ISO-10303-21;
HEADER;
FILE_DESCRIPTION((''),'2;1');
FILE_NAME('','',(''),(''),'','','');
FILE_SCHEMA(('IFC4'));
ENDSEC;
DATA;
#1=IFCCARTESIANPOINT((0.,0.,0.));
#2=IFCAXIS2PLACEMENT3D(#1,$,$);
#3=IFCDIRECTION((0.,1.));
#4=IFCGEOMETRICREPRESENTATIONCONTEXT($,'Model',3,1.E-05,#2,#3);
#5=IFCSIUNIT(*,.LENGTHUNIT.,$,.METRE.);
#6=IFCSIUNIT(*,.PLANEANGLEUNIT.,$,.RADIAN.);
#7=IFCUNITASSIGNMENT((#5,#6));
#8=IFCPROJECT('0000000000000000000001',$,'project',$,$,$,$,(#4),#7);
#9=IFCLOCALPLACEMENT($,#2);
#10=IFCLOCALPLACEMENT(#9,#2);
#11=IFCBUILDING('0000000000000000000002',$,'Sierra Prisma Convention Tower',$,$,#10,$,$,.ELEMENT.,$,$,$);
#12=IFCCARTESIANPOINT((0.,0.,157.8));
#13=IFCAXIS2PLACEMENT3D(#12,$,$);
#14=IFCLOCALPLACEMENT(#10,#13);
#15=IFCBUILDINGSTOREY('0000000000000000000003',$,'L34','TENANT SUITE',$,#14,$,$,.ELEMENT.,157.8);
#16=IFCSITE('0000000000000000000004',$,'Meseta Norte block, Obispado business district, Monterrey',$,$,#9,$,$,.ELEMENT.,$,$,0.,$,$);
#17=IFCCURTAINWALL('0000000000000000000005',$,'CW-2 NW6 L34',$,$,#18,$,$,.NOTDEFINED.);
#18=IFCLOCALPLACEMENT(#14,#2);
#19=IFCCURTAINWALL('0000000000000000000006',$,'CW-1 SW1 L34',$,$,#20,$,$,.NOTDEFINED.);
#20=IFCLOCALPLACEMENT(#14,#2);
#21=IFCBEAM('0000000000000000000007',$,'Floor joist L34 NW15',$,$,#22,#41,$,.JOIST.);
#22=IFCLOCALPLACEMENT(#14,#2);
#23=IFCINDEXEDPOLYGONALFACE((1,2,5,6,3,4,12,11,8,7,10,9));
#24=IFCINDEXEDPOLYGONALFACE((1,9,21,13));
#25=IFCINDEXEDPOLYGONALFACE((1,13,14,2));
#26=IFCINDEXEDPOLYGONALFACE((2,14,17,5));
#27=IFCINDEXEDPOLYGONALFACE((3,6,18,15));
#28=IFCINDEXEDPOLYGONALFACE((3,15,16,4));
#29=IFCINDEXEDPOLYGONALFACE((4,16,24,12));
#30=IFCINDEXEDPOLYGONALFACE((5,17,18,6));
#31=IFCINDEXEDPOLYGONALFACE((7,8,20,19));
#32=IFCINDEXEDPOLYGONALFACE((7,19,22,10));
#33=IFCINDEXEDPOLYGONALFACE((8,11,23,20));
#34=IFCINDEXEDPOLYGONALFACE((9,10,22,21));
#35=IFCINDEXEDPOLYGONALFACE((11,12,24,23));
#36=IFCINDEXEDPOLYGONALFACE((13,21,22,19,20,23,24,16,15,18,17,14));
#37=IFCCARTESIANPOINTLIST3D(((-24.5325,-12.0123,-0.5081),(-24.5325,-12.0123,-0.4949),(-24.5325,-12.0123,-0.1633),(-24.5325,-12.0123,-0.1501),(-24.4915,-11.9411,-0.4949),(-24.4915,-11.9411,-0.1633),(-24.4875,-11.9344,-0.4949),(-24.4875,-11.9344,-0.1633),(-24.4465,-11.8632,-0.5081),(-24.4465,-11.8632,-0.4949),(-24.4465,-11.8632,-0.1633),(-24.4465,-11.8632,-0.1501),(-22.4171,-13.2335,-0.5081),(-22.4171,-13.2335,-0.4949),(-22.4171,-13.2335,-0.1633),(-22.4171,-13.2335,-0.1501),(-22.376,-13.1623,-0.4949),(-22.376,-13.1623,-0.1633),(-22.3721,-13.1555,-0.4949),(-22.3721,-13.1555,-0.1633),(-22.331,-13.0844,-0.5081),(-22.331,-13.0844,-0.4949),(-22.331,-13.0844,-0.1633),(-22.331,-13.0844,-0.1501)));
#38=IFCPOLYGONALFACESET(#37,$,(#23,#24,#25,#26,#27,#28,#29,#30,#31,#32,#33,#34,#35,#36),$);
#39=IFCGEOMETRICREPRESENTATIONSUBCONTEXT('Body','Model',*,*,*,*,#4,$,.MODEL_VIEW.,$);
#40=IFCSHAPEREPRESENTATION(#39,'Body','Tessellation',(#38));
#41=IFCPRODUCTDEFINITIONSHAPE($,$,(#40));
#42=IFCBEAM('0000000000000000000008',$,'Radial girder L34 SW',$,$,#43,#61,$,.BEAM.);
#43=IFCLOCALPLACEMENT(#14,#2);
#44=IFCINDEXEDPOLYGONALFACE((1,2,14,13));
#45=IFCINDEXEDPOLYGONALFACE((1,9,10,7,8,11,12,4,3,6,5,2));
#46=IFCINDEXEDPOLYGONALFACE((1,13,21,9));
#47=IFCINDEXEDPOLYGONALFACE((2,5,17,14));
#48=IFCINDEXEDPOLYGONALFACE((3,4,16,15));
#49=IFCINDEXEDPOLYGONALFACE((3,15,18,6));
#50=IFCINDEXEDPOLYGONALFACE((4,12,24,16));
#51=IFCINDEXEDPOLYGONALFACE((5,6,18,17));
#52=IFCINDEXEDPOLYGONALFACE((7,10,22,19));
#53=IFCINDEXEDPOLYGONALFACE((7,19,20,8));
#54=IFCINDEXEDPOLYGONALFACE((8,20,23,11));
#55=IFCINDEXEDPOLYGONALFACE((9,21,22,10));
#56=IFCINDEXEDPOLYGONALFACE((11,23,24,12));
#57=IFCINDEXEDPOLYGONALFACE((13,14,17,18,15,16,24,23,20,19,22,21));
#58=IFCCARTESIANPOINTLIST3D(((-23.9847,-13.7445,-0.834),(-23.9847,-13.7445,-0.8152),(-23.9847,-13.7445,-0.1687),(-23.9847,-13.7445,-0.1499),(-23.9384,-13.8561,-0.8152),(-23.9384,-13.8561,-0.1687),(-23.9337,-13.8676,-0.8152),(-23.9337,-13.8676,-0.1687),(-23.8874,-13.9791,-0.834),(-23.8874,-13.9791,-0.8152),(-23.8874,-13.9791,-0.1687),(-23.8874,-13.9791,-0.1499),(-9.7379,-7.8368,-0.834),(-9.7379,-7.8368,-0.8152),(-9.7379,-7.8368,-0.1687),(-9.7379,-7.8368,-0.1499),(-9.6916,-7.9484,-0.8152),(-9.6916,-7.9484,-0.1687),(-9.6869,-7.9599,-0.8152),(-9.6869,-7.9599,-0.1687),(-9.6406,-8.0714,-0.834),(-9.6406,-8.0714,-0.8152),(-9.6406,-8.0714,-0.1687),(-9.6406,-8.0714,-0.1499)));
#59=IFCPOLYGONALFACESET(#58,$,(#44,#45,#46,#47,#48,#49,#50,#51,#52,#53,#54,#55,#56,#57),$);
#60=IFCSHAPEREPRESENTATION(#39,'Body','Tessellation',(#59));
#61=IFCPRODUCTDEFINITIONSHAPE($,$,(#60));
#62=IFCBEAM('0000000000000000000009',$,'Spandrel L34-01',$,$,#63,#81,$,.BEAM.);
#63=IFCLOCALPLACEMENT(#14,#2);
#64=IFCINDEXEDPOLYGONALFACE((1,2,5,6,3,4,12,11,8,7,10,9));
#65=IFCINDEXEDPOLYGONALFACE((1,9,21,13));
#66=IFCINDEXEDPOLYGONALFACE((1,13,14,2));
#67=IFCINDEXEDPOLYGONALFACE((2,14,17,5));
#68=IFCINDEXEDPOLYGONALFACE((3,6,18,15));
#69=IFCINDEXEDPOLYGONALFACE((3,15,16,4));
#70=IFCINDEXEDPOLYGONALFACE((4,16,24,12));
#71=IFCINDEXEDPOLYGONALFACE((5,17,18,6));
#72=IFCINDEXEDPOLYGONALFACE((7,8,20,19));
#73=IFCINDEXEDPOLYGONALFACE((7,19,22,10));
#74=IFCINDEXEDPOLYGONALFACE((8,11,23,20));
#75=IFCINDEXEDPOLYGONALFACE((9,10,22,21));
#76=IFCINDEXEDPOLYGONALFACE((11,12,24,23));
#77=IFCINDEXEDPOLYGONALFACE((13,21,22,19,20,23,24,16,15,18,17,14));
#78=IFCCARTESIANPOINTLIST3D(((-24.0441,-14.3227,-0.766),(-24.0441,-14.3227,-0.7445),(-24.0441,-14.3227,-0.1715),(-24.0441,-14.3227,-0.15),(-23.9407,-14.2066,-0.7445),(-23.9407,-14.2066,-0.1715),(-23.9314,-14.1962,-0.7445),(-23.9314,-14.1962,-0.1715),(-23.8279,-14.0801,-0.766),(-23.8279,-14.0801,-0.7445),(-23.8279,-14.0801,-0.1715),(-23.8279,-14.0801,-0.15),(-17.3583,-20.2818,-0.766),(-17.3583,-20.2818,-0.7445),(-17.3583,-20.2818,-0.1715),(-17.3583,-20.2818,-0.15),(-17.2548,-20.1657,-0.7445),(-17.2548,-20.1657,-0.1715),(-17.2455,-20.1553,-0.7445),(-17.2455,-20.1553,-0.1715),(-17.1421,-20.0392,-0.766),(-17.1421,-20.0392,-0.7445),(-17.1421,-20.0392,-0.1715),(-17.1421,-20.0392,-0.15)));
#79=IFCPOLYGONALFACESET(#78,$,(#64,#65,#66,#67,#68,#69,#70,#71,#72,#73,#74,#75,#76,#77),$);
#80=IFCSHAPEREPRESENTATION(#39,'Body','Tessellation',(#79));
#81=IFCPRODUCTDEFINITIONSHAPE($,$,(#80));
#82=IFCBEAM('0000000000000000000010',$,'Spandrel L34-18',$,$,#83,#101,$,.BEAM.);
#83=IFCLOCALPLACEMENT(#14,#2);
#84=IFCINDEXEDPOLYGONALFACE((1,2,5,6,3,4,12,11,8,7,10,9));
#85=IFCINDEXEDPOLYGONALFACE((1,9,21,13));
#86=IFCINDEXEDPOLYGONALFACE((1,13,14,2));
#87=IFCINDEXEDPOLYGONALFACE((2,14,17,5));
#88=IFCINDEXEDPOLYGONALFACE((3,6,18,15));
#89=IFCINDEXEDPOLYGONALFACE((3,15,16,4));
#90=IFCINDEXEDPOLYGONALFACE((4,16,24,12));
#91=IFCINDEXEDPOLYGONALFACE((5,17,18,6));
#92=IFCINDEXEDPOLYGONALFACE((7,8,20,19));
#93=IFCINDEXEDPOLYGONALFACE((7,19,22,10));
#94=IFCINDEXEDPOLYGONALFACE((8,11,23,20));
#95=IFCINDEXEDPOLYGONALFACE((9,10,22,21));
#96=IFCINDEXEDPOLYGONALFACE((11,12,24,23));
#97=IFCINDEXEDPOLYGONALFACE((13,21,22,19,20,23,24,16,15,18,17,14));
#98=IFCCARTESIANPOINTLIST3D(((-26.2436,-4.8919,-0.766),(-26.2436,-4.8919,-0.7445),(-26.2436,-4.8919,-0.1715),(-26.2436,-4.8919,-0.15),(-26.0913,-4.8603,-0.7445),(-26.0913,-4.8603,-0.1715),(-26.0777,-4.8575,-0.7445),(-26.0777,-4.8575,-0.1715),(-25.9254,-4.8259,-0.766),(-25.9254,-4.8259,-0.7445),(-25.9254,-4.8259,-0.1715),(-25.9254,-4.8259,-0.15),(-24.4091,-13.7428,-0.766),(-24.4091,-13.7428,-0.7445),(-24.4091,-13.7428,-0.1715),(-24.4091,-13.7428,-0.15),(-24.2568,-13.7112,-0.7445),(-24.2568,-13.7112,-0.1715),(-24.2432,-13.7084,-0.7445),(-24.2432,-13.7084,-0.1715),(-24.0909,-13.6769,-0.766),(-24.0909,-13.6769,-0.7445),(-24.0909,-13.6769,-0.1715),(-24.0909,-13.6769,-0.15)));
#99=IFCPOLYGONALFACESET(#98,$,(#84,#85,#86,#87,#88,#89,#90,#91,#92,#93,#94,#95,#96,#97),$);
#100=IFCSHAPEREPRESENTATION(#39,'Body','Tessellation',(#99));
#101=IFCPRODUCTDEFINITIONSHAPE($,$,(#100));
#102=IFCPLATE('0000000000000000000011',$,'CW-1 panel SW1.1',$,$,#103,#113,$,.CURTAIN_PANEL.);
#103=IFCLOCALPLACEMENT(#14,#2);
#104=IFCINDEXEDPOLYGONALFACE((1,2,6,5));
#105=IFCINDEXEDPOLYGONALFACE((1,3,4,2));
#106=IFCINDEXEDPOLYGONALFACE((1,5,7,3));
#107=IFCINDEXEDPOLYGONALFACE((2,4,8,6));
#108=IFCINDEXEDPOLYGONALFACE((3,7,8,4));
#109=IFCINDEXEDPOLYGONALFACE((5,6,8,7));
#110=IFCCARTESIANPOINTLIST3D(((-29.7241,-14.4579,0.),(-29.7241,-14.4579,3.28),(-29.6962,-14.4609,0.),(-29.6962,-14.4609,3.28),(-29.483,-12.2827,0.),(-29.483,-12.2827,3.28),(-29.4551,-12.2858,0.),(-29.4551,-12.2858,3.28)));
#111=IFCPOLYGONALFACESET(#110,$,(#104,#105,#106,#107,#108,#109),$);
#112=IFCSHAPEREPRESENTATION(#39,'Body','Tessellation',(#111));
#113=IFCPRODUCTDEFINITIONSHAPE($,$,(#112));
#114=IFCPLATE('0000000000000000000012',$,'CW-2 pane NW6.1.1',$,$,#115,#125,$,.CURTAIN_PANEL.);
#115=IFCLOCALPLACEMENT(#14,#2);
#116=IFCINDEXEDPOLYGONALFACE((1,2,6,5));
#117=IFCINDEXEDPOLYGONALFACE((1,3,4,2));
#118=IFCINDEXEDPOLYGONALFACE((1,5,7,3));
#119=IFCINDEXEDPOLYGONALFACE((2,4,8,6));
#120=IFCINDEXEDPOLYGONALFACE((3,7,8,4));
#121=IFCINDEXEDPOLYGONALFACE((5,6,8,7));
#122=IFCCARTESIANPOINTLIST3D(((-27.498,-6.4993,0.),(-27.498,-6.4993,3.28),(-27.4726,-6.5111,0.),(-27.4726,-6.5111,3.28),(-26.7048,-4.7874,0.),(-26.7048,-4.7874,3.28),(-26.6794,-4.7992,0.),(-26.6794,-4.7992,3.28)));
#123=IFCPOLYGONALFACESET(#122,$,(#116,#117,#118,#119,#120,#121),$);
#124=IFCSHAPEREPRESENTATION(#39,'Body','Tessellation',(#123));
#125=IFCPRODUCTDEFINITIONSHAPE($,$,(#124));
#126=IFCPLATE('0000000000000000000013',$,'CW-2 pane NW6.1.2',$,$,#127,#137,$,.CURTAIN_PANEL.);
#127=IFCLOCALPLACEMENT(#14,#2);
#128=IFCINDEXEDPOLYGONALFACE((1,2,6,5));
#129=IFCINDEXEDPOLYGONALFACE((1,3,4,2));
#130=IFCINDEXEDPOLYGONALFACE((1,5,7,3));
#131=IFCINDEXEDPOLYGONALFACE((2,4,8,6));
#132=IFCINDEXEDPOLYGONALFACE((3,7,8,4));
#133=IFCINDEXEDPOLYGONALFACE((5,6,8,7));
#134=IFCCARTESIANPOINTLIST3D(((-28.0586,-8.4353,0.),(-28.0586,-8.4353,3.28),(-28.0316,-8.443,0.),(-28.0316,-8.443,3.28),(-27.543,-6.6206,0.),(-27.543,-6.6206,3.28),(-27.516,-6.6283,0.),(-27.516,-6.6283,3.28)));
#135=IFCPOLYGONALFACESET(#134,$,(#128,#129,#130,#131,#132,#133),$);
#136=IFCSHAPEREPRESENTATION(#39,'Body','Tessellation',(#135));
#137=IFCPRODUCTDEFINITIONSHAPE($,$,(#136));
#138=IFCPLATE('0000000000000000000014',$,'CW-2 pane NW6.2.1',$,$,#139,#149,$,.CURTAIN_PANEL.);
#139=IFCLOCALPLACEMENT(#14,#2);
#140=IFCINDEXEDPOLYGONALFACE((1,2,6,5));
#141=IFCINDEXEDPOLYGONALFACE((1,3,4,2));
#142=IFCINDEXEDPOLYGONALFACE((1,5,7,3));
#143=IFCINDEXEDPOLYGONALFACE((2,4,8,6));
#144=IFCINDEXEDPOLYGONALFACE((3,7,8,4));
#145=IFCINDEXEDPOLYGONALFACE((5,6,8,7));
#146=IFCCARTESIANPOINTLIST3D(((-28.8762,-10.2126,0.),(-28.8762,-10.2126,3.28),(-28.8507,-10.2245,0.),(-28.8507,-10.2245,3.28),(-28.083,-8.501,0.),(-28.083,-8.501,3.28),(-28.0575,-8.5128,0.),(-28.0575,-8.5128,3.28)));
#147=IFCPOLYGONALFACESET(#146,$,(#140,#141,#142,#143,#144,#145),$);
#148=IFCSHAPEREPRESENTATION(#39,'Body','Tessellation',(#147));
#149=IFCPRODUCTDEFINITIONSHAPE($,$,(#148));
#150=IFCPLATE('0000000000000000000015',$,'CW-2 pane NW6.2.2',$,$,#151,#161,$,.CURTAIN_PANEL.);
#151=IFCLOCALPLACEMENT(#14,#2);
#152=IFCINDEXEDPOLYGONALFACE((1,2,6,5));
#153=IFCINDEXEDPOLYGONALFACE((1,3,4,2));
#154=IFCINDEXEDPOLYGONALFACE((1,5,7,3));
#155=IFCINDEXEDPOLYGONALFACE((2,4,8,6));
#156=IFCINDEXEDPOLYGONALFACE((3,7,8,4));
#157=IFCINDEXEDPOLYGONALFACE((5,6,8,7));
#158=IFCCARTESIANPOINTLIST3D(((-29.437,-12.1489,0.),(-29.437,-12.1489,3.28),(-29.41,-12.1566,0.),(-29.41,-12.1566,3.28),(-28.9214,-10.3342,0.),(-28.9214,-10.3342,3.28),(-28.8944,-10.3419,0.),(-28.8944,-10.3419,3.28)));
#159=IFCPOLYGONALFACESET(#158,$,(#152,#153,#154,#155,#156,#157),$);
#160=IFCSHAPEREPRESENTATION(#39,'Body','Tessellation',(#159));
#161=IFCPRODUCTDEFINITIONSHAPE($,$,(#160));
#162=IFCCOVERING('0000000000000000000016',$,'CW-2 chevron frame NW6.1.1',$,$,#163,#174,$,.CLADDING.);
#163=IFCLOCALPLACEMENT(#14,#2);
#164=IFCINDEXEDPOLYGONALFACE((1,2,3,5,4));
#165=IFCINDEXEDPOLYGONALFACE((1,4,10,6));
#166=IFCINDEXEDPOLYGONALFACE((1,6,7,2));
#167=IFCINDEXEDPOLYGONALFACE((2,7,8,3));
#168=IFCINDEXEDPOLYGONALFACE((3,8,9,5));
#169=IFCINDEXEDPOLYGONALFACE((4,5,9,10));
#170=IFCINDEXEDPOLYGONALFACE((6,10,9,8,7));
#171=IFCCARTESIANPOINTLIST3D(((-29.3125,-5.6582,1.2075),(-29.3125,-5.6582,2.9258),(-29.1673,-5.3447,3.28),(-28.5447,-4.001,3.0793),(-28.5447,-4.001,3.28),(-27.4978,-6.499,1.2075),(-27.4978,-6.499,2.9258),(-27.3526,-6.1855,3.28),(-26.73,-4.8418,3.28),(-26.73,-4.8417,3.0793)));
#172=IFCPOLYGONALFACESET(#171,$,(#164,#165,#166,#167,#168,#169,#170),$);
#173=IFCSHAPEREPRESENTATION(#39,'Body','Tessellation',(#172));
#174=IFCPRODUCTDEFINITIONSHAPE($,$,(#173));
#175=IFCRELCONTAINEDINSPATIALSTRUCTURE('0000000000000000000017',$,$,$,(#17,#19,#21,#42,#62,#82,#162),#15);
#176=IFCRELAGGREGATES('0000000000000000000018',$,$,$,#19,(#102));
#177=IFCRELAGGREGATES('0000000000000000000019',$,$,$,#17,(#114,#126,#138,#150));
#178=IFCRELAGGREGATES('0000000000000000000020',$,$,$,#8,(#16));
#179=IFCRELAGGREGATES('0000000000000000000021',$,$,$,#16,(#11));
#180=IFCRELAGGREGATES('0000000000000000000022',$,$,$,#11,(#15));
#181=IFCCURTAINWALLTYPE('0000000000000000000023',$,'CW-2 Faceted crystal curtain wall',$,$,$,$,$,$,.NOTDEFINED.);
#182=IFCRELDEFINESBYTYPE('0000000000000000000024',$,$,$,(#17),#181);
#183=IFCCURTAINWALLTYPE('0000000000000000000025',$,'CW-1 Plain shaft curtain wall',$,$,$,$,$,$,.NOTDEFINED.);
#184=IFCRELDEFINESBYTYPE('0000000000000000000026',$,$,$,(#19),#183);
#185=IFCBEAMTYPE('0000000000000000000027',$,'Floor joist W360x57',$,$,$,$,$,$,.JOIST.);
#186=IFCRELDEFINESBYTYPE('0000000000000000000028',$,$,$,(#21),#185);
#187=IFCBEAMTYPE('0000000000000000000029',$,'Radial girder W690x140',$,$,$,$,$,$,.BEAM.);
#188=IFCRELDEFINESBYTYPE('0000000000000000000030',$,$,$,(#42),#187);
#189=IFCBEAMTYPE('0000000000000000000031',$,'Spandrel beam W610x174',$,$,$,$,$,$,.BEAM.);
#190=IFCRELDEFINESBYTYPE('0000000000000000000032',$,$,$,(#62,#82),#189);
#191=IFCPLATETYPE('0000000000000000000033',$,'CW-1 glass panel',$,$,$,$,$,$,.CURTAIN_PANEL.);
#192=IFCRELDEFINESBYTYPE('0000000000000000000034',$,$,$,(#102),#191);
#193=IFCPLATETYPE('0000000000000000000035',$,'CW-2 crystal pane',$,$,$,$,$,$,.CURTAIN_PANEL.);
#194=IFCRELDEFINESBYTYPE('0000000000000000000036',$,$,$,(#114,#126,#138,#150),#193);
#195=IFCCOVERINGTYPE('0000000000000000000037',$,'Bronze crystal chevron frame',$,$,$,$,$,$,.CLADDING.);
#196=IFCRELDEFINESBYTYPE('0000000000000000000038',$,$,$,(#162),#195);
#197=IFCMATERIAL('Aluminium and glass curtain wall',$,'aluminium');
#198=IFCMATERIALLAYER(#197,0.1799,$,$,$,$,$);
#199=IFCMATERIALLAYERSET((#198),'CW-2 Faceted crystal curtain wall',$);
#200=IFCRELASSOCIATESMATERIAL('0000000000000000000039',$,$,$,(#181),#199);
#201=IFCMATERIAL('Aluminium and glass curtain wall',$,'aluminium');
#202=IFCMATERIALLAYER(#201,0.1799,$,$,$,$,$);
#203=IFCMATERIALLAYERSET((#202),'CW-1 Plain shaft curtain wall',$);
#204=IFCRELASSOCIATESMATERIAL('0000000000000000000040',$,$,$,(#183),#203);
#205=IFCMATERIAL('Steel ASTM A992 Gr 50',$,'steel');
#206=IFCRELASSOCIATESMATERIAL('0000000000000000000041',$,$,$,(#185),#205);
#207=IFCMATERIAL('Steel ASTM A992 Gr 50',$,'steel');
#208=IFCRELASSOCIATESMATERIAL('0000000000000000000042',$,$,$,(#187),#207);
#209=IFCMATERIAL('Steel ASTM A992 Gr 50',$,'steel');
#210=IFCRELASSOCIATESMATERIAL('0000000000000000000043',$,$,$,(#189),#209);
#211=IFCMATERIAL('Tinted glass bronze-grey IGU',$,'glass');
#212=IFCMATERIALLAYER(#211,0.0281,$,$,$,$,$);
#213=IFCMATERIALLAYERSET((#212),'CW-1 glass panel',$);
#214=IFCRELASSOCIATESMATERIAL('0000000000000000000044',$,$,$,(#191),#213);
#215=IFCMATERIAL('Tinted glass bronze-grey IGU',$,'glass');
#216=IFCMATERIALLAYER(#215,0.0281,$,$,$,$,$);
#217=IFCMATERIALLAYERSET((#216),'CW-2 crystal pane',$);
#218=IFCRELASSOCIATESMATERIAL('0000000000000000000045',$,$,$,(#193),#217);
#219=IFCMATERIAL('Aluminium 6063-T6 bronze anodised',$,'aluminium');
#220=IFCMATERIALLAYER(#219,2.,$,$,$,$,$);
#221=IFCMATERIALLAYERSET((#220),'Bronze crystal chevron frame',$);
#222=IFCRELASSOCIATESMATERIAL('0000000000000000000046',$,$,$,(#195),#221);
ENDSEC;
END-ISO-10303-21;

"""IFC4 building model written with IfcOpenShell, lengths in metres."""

from ifc_helpers import new_model, si_unit, direction, frame, origin, origin_2d, place, context, subcontext, project, spatial, polyline, rectangle, i_section, outline, extrude, material, layer, layer_set, material_profile, profile_set, type_object, element, aggregate, save


model = new_model("IFC4")

# Units and contexts
model_context = context("Model", 3, precision=1e-05, world=origin(), true_north=direction((0.0, 1.0)))
body_context = subcontext(model_context, "Body", "Model", "MODEL_VIEW")
ifc_project = project(units=[si_unit("LENGTHUNIT", "METRE"), si_unit("PLANEANGLEUNIT", "RADIAN")], contexts=[model_context])

# Site, building, storey
site_placement = place(None, origin())
site = spatial("IfcSite", under=ifc_project, at=site_placement, Name="Meseta Norte block, Obispado business district, Monterrey", CompositionType="ELEMENT", RefElevation=0.0)
building_placement = place(site_placement, origin())
building = spatial("IfcBuilding", under=site, at=building_placement, Name="Sierra Prisma Convention Tower", CompositionType="ELEMENT")
storey_placement = place(building_placement, frame((0.0, 0.0, 157.8)))
storey = spatial("IfcBuildingStorey", under=building, at=storey_placement, Name="L34", Description="TENANT SUITE", CompositionType="ELEMENT", Elevation=157.8)

# Curtain wall
ifc_material_1 = material(Name="Aluminium and glass curtain wall", Category="aluminium")
ifc_layer_1 = layer(ifc_material_1, 0.1799)
ifc_layer_set_1 = layer_set([ifc_layer_1], Name="CW-2 Faceted crystal curtain wall")
curtain_wall_type_1 = type_object("IfcCurtainWallType", Name="CW-2 Faceted crystal curtain wall", PredefinedType="NOTDEFINED", material=ifc_layer_set_1)
curtain_wall_1_placement = place(storey_placement, origin())
curtain_wall_1 = element("IfcCurtainWall", 1, at=curtain_wall_1_placement, inside=storey, type_object=curtain_wall_type_1, Name="CW-2 NW6 L34", PredefinedType="NOTDEFINED")

# Shared definitions
ifc_material_2 = material(Name="Aluminium and glass curtain wall", Category="aluminium")
ifc_layer_2 = layer(ifc_material_2, 0.1799)
ifc_layer_set_2 = layer_set([ifc_layer_2], Name="CW-1 Plain shaft curtain wall")
curtain_wall_type_2 = type_object("IfcCurtainWallType", Name="CW-1 Plain shaft curtain wall", PredefinedType="NOTDEFINED", material=ifc_layer_set_2)

# Curtain wall
curtain_wall_2_placement = place(storey_placement, origin())
curtain_wall_2 = element("IfcCurtainWall", 2, at=curtain_wall_2_placement, inside=storey, type_object=curtain_wall_type_2, Name="CW-1 SW1 L34", PredefinedType="NOTDEFINED")

# Beams
ifc_material_3 = material(Name="Steel ASTM A992 Gr 50", Category="steel")
ifc_material_profile_1 = material_profile(ifc_material_3, i_section(OverallWidth=0.1721, OverallDepth=0.3579, WebThickness=0.0078, FlangeThickness=0.0132, at=origin_2d()), Name="W360x57")
ifc_profile_set_1 = profile_set([ifc_material_profile_1], Name="Steel ASTM A992 Gr 50")
beam_type_1 = type_object("IfcBeamType", Name="Floor joist W360x57", PredefinedType="JOIST", material=ifc_profile_set_1)
beam_1_placement = place(storey_placement, frame((-24.4895, -11.9377, -0.3291), z_axis=(0.866057, -0.499945, 0.0), x_axis=(0.499945, 0.866057, 0.0)))
element("IfcBeam", 3, at=beam_1_placement, inside=storey, type_object=beam_type_1, Name="Floor joist L34 NW15", PredefinedType="JOIST", context=body_context, shape_type="SweptSolid", body=[
    extrude(i_section(OverallWidth=0.1721, OverallDepth=0.3579, WebThickness=0.0078, FlangeThickness=0.0132, at=origin_2d()), origin(), (0.0, 0.0, 1.0), 2.4426),
])
ifc_material_4 = material(Name="Steel ASTM A992 Gr 50", Category="steel")
ifc_material_profile_2 = material_profile(ifc_material_4, i_section(OverallWidth=0.2539, OverallDepth=0.6841, WebThickness=0.0125, FlangeThickness=0.0188, at=origin_2d()), Name="W690x140")
ifc_profile_set_2 = profile_set([ifc_material_profile_2], Name="Steel ASTM A992 Gr 50")
beam_type_2 = type_object("IfcBeamType", Name="Radial girder W690x140", PredefinedType="BEAM", material=ifc_profile_set_2)
beam_2_placement = place(storey_placement, frame((-23.936, -13.8618, -0.4919), z_axis=(0.923731, 0.383042, 0.0), x_axis=(-0.383042, 0.923731, 0.0)))
element("IfcBeam", 4, at=beam_2_placement, inside=storey, type_object=beam_type_2, Name="Radial girder L34 SW", PredefinedType="BEAM", context=body_context, shape_type="SweptSolid", body=[
    extrude(i_section(OverallWidth=0.2539, OverallDepth=0.6841, WebThickness=0.0125, FlangeThickness=0.0188, at=origin_2d()), origin(), (0.0, 0.0, 1.0), 15.4231),
])
ifc_material_5 = material(Name="Steel ASTM A992 Gr 50", Category="steel")
ifc_material_profile_3 = material_profile(ifc_material_5, i_section(OverallWidth=0.325, OverallDepth=0.616, WebThickness=0.0139, FlangeThickness=0.0215, at=origin_2d()), Name="W610x174")
ifc_profile_set_3 = profile_set([ifc_material_profile_3], Name="Steel ASTM A992 Gr 50")
beam_type_3 = type_object("IfcBeamType", Name="Spandrel beam W610x174", PredefinedType="BEAM", material=ifc_profile_set_3)
beam_3_placement = place(storey_placement, frame((-23.936, -14.2014, -0.458), z_axis=(0.746518, -0.665365, 0.0), x_axis=(0.665365, 0.746518, 0.0)))
element("IfcBeam", 5, at=beam_3_placement, inside=storey, type_object=beam_type_3, Name="Spandrel L34-01", PredefinedType="BEAM", context=body_context, shape_type="SweptSolid", body=[
    extrude(i_section(OverallWidth=0.325, OverallDepth=0.616, WebThickness=0.0139, FlangeThickness=0.0215, at=origin_2d()), origin(), (0.0, 0.0, 1.0), 8.9561),
])
beam_4_placement = place(storey_placement, frame((-26.0845, -4.8589, -0.458), z_axis=(0.202952, -0.979189, 0.0), x_axis=(0.979189, 0.202952, 0.0)))
element("IfcBeam", 6, at=beam_4_placement, inside=storey, type_object=beam_type_3, Name="Spandrel L34-18", PredefinedType="BEAM", context=body_context, shape_type="SweptSolid", body=[
    extrude(i_section(OverallWidth=0.325, OverallDepth=0.616, WebThickness=0.0139, FlangeThickness=0.0215, at=origin_2d()), origin(), (0.0, 0.0, 1.0), 9.0391),
])

# Plates
ifc_material_6 = material(Name="Tinted glass bronze-grey IGU", Category="glass")
ifc_layer_3 = layer(ifc_material_6, 0.0281)
ifc_layer_set_3 = layer_set([ifc_layer_3], Name="CW-1 glass panel")
plate_type_1 = type_object("IfcPlateType", Name="CW-1 glass panel", PredefinedType="CURTAIN_PANEL", material=ifc_layer_set_3)
plate_1_placement = place(storey_placement, frame((-29.5896, -13.3718, 0.0), z_axis=(0.0, 0.0, 1.0), x_axis=(-0.110186, -0.993911, 0.0)))
plate_1 = element("IfcPlate", 7, at=plate_1_placement, type_object=plate_type_1, Name="CW-1 panel SW1.1", PredefinedType="CURTAIN_PANEL", context=body_context, shape_type="SweptSolid", body=[
    extrude(rectangle(XDim=2.1885, YDim=0.0281, at=origin_2d()), origin(), (0.0, 0.0, 1.0), 3.28),
])
aggregate(curtain_wall_2, [plate_1])
ifc_material_7 = material(Name="Tinted glass bronze-grey IGU", Category="glass")
ifc_layer_4 = layer(ifc_material_7, 0.0281)
ifc_layer_set_4 = layer_set([ifc_layer_4], Name="CW-2 crystal pane")
plate_type_2 = type_object("IfcPlateType", Name="CW-2 crystal pane", PredefinedType="CURTAIN_PANEL", material=ifc_layer_set_4)
plate_2_placement = place(storey_placement, frame((-26.7048, -4.7874, 0.0), z_axis=(-0.907333, 0.420412, 0.0), x_axis=(-0.420412, -0.907333, 0.0)))
plate_2 = element("IfcPlate", 8, at=plate_2_placement, type_object=plate_type_2, Name="CW-2 pane NW6.1.1", PredefinedType="CURTAIN_PANEL", context=body_context, shape_type="SweptSolid", body=[
    extrude(outline(polyline([(0.0, 0.0), (1.8868, 0.0), (1.8868, 3.28), (0.0, 3.28), (0.0, 0.0)])), origin(), (0.0, 0.0, -1.0), 0.0281),
])
plate_3_placement = place(storey_placement, frame((-28.0586, -8.4353, 0.0), z_axis=(-0.961923, 0.273319, 0.0), x_axis=(0.273319, 0.961923, 0.0)))
plate_3 = element("IfcPlate", 9, at=plate_3_placement, type_object=plate_type_2, Name="CW-2 pane NW6.1.2", PredefinedType="CURTAIN_PANEL", context=body_context, shape_type="SweptSolid", body=[
    extrude(outline(polyline([(0.0, 0.0), (1.8865, 0.0), (1.8865, -3.28), (0.0, -3.28), (0.0, 0.0)])), origin(), (0.0, 0.0, -1.0), 0.0281),
])
plate_4_placement = place(storey_placement, frame((-28.083, -8.501, 0.0), z_axis=(-0.907311, 0.420461, 0.0), x_axis=(-0.420461, -0.907311, 0.0)))
plate_4 = element("IfcPlate", 10, at=plate_4_placement, type_object=plate_type_2, Name="CW-2 pane NW6.2.1", PredefinedType="CURTAIN_PANEL", context=body_context, shape_type="SweptSolid", body=[
    extrude(outline(polyline([(0.0, 0.0), (1.8865, 0.0), (1.8865, 3.28), (0.0, 3.28), (0.0, 0.0)])), origin(), (0.0, 0.0, -1.0), 0.0281),
])
plate_5_placement = place(storey_placement, frame((-29.437, -12.1489, 0.0), z_axis=(-0.961923, 0.273319, 0.0), x_axis=(0.273319, 0.961923, 0.0)))
plate_5 = element("IfcPlate", 11, at=plate_5_placement, type_object=plate_type_2, Name="CW-2 pane NW6.2.2", PredefinedType="CURTAIN_PANEL", context=body_context, shape_type="SweptSolid", body=[
    extrude(outline(polyline([(0.0, 0.0), (1.8865, 0.0), (1.8865, -3.28), (0.0, -3.28), (0.0, 0.0)])), origin(), (0.0, 0.0, -1.0), 0.0281),
])
aggregate(curtain_wall_1, [plate_2, plate_3, plate_4, plate_5])

# Covering
ifc_material_8 = material(Name="Aluminium 6063-T6 bronze anodised", Category="aluminium")
ifc_layer_5 = layer(ifc_material_8, 2.0)
ifc_layer_set_5 = layer_set([ifc_layer_5], Name="Bronze crystal chevron frame")
covering_type = type_object("IfcCoveringType", Name="Bronze crystal chevron frame", PredefinedType="CLADDING", material=ifc_layer_set_5)
covering_1_placement = place(storey_placement, frame((-28.5447, -4.001, 3.28), z_axis=(-0.907345, 0.420387, 0.00001), x_axis=(-0.000009, 0.000004, -1.0)))
element("IfcCovering", 12, at=covering_1_placement, inside=storey, type_object=covering_type, Name="CW-2 chevron frame NW6.1.1", PredefinedType="CLADDING", context=body_context, shape_type="SweptSolid", body=[
    extrude(outline(polyline([(0.0, 0.0), (0.2007, 0.0), (2.0725, 1.8265), (0.3542, 1.8265), (0.0, 1.481), (0.0, 0.0)])), origin(), (0.0, 0.0, -1.0), 2.0),
])

save(model, "model.ifc")
